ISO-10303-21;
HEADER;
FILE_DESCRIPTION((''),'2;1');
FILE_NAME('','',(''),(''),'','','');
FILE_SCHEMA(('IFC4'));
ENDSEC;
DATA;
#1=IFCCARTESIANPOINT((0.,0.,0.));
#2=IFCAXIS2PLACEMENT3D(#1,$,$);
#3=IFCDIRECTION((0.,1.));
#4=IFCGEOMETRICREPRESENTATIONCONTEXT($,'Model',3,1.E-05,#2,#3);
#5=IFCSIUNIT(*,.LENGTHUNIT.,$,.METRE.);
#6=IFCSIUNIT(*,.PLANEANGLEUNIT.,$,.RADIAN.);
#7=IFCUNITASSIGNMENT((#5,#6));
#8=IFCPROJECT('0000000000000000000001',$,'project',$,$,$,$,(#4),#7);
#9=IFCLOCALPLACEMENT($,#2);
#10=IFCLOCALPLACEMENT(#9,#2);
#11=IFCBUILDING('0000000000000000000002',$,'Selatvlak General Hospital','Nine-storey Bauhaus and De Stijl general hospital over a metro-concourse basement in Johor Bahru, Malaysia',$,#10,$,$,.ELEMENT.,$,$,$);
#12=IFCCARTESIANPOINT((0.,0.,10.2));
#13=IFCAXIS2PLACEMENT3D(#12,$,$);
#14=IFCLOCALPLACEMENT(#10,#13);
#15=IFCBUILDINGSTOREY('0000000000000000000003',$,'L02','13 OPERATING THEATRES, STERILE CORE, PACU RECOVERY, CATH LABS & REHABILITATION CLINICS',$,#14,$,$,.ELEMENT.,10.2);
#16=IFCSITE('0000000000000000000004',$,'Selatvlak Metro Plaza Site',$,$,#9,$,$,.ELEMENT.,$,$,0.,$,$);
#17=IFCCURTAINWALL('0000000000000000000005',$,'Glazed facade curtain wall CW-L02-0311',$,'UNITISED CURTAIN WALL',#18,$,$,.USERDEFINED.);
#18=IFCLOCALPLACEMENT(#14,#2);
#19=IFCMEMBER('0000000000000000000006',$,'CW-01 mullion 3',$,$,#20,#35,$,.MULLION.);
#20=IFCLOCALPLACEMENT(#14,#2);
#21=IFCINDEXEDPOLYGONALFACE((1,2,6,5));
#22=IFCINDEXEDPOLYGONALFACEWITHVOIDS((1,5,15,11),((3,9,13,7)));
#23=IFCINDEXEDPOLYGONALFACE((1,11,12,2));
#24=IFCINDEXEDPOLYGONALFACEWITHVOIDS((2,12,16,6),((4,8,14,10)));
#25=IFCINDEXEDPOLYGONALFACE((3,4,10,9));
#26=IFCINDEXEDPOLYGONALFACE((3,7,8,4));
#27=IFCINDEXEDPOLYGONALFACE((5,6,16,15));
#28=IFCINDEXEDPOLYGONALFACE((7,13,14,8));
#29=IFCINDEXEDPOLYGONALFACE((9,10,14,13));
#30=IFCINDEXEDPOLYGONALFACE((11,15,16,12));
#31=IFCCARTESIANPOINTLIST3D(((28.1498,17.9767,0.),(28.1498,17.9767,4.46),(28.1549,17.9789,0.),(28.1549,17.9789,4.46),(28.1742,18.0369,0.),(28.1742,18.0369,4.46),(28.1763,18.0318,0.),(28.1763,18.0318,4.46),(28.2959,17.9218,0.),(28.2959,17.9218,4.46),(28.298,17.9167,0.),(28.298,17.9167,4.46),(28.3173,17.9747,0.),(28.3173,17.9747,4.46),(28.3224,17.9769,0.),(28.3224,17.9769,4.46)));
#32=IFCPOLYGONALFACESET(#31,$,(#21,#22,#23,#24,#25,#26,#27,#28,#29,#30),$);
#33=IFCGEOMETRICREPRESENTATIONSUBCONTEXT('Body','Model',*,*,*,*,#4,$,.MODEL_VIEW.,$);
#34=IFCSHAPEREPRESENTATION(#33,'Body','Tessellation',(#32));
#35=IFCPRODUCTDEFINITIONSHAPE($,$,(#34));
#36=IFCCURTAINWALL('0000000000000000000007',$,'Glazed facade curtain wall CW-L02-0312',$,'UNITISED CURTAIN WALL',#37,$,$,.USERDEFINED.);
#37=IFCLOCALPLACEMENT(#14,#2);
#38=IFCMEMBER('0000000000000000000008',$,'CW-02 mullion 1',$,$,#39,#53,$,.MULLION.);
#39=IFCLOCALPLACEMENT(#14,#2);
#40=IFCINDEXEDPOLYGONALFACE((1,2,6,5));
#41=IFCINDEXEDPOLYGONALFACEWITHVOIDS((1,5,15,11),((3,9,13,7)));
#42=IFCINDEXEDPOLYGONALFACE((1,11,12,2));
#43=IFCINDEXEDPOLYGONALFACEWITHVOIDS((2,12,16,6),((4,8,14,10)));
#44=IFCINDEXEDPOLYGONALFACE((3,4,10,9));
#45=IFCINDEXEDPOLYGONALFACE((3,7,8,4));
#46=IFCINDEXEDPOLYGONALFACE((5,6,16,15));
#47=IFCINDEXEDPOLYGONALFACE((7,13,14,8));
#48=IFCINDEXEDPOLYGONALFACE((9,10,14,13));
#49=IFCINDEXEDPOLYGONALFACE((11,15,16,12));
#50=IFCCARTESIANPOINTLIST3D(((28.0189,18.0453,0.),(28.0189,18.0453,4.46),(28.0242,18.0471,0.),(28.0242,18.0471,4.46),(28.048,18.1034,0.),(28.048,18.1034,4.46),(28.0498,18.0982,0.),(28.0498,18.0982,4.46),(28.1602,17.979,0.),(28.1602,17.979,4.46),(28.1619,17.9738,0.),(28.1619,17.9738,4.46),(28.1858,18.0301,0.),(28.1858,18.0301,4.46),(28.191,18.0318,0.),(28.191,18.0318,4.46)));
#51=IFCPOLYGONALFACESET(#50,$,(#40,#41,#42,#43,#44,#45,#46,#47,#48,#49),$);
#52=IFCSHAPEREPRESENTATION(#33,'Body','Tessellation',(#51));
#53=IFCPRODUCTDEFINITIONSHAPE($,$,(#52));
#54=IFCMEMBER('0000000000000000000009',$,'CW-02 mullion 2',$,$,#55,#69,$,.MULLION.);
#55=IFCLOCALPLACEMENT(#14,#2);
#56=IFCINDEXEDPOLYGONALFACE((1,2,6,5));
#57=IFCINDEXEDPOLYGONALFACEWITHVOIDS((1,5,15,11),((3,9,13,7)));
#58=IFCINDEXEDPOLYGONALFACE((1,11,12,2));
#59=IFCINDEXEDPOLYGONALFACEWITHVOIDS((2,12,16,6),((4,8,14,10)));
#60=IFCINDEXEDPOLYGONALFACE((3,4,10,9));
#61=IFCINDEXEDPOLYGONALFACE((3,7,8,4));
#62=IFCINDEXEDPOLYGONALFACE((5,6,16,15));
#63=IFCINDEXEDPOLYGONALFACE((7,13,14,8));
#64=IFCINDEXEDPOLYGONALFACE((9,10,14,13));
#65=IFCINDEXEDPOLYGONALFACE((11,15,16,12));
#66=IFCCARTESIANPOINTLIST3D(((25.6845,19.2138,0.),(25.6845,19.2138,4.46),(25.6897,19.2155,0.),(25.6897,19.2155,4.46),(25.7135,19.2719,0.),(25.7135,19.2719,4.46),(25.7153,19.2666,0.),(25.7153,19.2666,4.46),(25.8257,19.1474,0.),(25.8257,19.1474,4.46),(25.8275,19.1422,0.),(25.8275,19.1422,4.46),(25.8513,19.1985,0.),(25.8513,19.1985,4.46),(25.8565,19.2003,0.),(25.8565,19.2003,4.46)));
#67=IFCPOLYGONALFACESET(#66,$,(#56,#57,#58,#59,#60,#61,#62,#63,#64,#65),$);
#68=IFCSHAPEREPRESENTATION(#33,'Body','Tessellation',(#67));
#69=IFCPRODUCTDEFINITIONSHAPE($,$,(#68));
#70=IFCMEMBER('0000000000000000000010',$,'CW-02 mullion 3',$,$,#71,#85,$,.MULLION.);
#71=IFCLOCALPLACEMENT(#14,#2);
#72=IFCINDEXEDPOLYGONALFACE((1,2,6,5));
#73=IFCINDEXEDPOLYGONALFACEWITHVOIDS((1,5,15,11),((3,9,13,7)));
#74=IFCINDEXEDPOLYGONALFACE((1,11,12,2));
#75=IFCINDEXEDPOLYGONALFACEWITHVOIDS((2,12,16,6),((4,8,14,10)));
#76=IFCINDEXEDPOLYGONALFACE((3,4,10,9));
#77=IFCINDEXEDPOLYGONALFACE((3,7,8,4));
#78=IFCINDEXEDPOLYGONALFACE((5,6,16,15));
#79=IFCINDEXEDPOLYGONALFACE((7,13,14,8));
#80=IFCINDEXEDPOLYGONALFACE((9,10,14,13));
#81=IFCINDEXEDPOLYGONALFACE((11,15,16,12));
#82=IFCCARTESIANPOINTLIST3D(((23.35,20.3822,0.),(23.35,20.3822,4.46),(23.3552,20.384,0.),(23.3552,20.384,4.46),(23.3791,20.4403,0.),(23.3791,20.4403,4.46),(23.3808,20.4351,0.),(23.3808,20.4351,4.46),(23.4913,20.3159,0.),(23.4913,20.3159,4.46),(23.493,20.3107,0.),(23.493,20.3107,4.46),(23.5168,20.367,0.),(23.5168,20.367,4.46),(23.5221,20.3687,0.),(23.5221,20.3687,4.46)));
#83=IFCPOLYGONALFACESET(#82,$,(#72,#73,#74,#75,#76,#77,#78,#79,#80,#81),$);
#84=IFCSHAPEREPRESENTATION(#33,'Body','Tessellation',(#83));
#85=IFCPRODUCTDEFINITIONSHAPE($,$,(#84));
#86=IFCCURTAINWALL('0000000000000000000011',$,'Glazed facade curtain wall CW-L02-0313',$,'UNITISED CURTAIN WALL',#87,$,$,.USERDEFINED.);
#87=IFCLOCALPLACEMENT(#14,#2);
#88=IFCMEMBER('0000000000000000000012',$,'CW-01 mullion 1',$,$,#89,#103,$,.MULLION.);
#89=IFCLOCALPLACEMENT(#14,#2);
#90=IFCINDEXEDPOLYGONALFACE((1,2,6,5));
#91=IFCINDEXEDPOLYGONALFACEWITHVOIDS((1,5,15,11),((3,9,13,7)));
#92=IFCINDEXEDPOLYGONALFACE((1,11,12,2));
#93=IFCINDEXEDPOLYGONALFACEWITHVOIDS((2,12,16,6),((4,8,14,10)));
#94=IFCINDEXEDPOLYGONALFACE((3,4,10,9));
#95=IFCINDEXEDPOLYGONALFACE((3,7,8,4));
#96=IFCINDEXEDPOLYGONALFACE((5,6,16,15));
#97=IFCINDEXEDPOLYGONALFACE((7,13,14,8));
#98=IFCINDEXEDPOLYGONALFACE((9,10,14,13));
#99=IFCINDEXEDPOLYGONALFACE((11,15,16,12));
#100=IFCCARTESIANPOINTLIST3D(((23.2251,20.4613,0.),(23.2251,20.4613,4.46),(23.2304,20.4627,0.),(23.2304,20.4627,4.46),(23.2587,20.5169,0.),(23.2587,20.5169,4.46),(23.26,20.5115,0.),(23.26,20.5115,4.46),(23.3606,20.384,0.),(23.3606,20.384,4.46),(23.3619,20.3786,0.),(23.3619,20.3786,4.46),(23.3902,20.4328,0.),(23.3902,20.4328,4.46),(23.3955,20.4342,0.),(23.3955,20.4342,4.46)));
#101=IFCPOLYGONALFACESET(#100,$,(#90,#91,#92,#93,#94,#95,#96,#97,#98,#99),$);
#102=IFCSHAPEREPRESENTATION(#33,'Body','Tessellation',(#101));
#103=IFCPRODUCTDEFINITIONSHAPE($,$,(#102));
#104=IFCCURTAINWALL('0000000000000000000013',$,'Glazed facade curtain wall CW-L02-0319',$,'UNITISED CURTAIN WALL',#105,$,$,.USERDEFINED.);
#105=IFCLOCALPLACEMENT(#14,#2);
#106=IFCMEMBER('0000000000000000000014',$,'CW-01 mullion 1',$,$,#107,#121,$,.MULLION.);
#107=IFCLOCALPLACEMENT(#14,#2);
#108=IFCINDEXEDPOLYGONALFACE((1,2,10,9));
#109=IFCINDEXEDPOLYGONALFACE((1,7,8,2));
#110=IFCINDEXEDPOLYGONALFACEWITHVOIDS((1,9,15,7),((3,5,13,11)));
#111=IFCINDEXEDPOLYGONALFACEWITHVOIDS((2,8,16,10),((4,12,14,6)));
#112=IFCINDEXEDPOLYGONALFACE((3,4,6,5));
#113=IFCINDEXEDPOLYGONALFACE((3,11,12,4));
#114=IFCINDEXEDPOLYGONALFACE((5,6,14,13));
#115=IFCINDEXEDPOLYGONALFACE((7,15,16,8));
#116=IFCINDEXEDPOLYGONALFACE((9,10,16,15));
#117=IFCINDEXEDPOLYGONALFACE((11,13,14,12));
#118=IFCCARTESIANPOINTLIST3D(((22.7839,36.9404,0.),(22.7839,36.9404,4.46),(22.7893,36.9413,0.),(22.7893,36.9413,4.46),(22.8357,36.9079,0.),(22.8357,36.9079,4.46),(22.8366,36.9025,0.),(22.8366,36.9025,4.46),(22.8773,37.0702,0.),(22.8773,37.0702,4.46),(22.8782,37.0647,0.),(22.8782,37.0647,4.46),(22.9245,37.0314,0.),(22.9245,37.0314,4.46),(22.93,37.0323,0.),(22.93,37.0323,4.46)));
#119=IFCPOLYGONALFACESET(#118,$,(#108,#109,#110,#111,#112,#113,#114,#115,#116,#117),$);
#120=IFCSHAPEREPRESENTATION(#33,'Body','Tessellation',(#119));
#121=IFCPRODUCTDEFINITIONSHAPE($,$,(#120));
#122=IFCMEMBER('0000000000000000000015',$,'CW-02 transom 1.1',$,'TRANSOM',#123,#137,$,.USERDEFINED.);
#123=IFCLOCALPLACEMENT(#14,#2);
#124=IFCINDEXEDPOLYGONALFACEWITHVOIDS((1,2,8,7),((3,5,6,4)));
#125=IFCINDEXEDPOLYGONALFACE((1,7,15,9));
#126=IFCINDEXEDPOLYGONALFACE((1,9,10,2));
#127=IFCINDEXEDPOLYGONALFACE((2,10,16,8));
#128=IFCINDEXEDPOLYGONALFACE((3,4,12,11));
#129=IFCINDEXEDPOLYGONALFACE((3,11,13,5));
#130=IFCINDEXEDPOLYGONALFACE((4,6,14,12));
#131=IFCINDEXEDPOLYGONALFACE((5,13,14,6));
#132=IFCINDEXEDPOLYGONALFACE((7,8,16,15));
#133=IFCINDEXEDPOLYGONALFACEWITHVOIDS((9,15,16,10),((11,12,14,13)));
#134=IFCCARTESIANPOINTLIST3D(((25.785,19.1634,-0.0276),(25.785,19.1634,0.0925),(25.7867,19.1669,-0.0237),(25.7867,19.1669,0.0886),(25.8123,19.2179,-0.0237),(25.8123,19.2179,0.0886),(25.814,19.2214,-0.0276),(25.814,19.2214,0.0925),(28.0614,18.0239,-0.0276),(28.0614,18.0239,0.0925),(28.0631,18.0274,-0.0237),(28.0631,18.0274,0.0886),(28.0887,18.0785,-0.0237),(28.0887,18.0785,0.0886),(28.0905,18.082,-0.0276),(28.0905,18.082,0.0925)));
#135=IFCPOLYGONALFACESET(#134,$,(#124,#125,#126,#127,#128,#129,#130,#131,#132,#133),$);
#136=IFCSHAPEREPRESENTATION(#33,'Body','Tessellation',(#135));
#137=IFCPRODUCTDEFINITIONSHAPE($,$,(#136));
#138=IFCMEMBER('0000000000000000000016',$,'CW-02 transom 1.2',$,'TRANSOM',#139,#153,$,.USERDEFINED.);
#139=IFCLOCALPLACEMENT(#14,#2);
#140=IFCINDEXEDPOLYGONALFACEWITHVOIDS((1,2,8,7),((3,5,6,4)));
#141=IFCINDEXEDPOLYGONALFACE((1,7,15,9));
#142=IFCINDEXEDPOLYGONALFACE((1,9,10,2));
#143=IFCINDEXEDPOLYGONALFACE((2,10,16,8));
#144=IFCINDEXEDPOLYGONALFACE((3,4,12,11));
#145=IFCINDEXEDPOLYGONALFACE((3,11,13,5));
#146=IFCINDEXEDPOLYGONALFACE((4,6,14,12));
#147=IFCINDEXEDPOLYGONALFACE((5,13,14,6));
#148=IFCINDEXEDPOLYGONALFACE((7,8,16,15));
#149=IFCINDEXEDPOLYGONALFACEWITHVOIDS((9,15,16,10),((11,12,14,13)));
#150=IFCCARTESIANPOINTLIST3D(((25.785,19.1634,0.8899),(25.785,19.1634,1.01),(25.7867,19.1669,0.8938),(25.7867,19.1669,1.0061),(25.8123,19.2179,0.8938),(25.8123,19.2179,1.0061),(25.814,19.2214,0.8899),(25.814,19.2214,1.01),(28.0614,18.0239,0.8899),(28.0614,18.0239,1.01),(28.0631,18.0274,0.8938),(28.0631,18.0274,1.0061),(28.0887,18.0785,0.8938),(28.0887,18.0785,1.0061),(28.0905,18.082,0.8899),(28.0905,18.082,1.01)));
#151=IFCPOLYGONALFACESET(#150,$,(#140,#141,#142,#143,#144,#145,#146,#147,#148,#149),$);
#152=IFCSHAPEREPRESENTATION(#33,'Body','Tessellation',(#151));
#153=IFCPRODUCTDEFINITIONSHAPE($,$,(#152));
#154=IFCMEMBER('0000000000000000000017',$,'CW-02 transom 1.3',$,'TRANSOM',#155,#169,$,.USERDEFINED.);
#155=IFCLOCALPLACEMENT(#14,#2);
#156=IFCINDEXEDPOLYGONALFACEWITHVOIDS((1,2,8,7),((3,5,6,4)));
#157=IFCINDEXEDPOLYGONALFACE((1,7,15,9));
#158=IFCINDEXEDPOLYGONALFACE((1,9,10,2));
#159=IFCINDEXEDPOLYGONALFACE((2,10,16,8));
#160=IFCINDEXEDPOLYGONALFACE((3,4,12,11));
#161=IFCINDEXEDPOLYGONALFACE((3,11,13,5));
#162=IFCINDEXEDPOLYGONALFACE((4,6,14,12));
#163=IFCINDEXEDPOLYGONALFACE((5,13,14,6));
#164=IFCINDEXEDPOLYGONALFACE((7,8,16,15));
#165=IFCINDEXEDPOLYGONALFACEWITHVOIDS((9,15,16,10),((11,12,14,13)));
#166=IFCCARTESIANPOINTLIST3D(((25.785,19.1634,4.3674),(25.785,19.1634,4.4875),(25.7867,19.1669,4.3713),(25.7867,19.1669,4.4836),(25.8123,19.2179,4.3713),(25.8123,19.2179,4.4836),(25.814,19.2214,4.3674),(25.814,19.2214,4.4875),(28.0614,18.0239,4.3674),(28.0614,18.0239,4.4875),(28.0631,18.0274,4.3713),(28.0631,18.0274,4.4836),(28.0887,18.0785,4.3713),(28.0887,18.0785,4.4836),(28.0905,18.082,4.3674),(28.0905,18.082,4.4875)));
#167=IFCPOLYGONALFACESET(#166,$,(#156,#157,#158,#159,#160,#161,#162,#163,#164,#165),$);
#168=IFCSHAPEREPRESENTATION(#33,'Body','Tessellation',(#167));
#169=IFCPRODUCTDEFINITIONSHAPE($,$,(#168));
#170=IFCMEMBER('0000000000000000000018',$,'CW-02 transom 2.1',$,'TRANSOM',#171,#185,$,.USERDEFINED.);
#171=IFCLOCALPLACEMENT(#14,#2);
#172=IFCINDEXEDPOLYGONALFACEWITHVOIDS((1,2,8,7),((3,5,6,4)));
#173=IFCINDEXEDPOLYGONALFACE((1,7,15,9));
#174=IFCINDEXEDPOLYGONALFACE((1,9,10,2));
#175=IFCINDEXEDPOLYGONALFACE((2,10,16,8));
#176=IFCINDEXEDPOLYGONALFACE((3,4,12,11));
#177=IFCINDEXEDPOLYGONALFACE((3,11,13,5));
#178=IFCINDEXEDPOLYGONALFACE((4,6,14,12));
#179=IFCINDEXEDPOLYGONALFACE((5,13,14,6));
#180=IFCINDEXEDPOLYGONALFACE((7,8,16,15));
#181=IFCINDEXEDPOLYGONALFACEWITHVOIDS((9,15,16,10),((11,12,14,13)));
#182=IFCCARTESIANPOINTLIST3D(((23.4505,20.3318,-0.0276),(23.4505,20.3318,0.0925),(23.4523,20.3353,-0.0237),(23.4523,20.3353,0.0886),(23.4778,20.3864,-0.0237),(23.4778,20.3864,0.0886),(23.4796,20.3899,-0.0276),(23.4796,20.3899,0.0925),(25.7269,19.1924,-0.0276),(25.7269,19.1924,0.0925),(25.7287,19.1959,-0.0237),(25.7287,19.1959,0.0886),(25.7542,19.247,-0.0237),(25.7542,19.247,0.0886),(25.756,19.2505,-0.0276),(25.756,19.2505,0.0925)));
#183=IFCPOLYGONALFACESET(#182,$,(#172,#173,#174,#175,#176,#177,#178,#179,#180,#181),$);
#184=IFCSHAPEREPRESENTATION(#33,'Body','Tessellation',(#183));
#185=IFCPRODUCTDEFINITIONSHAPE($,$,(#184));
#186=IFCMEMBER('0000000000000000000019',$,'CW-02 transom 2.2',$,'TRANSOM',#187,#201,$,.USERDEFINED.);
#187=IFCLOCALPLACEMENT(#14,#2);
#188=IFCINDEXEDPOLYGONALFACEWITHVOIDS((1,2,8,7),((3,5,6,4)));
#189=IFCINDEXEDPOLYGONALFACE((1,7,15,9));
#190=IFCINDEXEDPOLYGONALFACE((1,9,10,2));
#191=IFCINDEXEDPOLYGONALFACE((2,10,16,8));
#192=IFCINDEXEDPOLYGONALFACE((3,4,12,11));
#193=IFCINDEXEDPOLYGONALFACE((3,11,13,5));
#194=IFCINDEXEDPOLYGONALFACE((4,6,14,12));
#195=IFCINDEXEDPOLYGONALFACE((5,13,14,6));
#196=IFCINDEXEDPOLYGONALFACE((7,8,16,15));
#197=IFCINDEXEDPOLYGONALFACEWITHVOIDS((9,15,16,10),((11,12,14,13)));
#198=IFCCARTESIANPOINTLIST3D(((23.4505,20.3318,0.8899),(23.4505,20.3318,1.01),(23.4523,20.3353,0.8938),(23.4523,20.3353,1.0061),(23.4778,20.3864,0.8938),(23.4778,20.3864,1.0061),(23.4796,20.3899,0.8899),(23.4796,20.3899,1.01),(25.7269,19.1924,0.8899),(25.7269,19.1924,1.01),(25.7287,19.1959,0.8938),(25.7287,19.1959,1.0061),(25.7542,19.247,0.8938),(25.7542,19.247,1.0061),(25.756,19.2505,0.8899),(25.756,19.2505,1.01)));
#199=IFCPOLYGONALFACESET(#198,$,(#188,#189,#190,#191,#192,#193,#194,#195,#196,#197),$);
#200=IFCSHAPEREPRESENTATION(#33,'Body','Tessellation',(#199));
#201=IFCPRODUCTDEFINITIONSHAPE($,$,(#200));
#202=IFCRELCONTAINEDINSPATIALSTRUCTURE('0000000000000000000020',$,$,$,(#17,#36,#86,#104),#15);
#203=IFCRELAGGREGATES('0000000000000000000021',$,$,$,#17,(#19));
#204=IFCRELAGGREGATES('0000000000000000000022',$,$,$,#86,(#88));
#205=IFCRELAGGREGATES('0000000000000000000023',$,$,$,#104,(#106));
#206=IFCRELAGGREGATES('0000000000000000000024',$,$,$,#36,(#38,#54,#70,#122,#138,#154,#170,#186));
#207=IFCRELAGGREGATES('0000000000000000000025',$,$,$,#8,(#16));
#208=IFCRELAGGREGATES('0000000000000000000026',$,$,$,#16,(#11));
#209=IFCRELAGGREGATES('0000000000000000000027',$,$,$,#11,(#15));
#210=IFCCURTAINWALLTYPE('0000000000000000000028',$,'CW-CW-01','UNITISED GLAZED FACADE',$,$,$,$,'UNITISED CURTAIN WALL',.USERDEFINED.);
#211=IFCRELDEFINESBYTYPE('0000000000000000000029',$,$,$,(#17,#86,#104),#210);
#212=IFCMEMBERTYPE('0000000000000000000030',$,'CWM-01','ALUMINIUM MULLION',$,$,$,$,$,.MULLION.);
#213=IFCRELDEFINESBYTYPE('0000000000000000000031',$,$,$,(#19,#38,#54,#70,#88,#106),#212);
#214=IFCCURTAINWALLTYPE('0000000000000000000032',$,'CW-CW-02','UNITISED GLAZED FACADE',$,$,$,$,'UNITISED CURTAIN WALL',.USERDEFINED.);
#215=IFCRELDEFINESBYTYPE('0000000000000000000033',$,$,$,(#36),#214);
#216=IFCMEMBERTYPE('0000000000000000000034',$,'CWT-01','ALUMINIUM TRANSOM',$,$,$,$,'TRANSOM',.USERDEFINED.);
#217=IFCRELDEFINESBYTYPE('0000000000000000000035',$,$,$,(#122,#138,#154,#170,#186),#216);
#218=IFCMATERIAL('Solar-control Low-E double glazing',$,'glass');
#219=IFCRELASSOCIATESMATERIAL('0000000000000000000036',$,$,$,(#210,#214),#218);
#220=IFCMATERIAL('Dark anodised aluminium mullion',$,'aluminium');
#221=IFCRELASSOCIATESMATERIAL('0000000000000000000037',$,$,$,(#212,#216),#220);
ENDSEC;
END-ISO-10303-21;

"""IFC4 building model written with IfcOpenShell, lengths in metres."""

from ifc_helpers import new_model, si_unit, direction, frame, origin, origin_2d, place, context, subcontext, project, spatial, hollow_rectangle, extrude, material, material_profile, profile_set, type_object, element, aggregate, save


model = new_model("IFC4")

# Units and contexts
model_context = context("Model", 3, precision=1e-05, world=origin(), true_north=direction((0.0, 1.0)))
body_context = subcontext(model_context, "Body", "Model", "MODEL_VIEW")
ifc_project = project(units=[si_unit("LENGTHUNIT", "METRE"), si_unit("PLANEANGLEUNIT", "RADIAN")], contexts=[model_context])

# Site, building, storey
site_placement = place(None, origin())
site = spatial("IfcSite", under=ifc_project, at=site_placement, Name="Selatvlak Metro Plaza Site", CompositionType="ELEMENT", RefElevation=0.0)
building_placement = place(site_placement, origin())
building = spatial("IfcBuilding", under=site, at=building_placement, Name="Selatvlak General Hospital", Description="Nine-storey Bauhaus and De Stijl general hospital over a metro-concourse basement in Johor Bahru, Malaysia", CompositionType="ELEMENT")
storey_placement = place(building_placement, frame((0.0, 0.0, 10.2)))
storey = spatial("IfcBuildingStorey", under=building, at=storey_placement, Name="L02", Description="13 OPERATING THEATRES, STERILE CORE, PACU RECOVERY, CATH LABS & REHABILITATION CLINICS", CompositionType="ELEMENT", Elevation=10.2)

# Curtain wall, member
ifc_material_1 = material(Name="Solar-control Low-E double glazing", Category="glass")
curtain_wall_type_1 = type_object("IfcCurtainWallType", Name="CW-CW-01", Description="UNITISED GLAZED FACADE", ElementType="UNITISED CURTAIN WALL", PredefinedType="USERDEFINED", material=ifc_material_1)
curtain_wall_1_placement = place(storey_placement, origin())
curtain_wall_1 = element("IfcCurtainWall", 1, at=curtain_wall_1_placement, inside=storey, type_object=curtain_wall_type_1, Name="Glazed facade curtain wall CW-L02-0311", ObjectType="UNITISED CURTAIN WALL", PredefinedType="USERDEFINED")
ifc_material_2 = material(Name="Dark anodised aluminium mullion", Category="aluminium")
ifc_material_profile_1 = material_profile(ifc_material_2, hollow_rectangle(XDim=0.0649, YDim=0.1599, WallThickness=0.0039, at=origin_2d()), Name="AL-MUL 65x160x4")
ifc_profile_set_1 = profile_set([ifc_material_profile_1], Name="Dark anodised aluminium mullion")
member_type_1 = type_object("IfcMemberType", Name="CWM-01", Description="ALUMINIUM MULLION", PredefinedType="MULLION", material=ifc_profile_set_1)
member_1_placement = place(storey_placement, frame((28.2361, 17.9768, 0.0), z_axis=(0.0, 0.0, 1.0), x_axis=(-0.375301, -0.926903, 0.0)))
member_1 = element("IfcMember", 2, at=member_1_placement, type_object=member_type_1, Name="CW-01 mullion 3", PredefinedType="MULLION", context=body_context, shape_type="SweptSolid", body=[
    extrude(hollow_rectangle(XDim=0.0649, YDim=0.1599, WallThickness=0.0039, at=origin_2d()), origin(), (0.0, 0.0, 1.0), 4.46),
])
aggregate(curtain_wall_1, [member_1])

# Curtain wall, members
curtain_wall_type_2 = type_object("IfcCurtainWallType", Name="CW-CW-02", Description="UNITISED GLAZED FACADE", ElementType="UNITISED CURTAIN WALL", PredefinedType="USERDEFINED", material=ifc_material_1)
curtain_wall_2_placement = place(storey_placement, origin())
curtain_wall_2 = element("IfcCurtainWall", 3, at=curtain_wall_2_placement, inside=storey, type_object=curtain_wall_type_2, Name="Glazed facade curtain wall CW-L02-0312", ObjectType="UNITISED CURTAIN WALL", PredefinedType="USERDEFINED")
member_2_placement = place(storey_placement, frame((28.105, 18.0386, 0.0), z_axis=(0.0, 0.0, 1.0), x_axis=(-0.447592, -0.894238, 0.0)))
member_2 = element("IfcMember", 4, at=member_2_placement, type_object=member_type_1, Name="CW-02 mullion 1", PredefinedType="MULLION", context=body_context, shape_type="SweptSolid", body=[
    extrude(hollow_rectangle(XDim=0.0649, YDim=0.1599, WallThickness=0.0039, at=origin_2d()), origin(), (0.0, 0.0, 1.0), 4.46),
])
member_3_placement = place(storey_placement, frame((25.7705, 19.207, 0.0), z_axis=(0.0, 0.0, 1.0), x_axis=(-0.447592, -0.894238, 0.0)))
member_3 = element("IfcMember", 5, at=member_3_placement, type_object=member_type_1, Name="CW-02 mullion 2", PredefinedType="MULLION", context=body_context, shape_type="SweptSolid", body=[
    extrude(hollow_rectangle(XDim=0.0649, YDim=0.1599, WallThickness=0.0039, at=origin_2d()), origin(), (0.0, 0.0, 1.0), 4.46),
])
member_4_placement = place(storey_placement, frame((23.436, 20.3755, 0.0), z_axis=(0.0, 0.0, 1.0), x_axis=(-0.447592, -0.894238, 0.0)))
member_4 = element("IfcMember", 6, at=member_4_placement, type_object=member_type_1, Name="CW-02 mullion 3", PredefinedType="MULLION", context=body_context, shape_type="SweptSolid", body=[
    extrude(hollow_rectangle(XDim=0.0649, YDim=0.1599, WallThickness=0.0039, at=origin_2d()), origin(), (0.0, 0.0, 1.0), 4.46),
])

# Curtain walls, members
curtain_wall_3_placement = place(storey_placement, origin())
curtain_wall_3 = element("IfcCurtainWall", 7, at=curtain_wall_3_placement, inside=storey, type_object=curtain_wall_type_1, Name="Glazed facade curtain wall CW-L02-0313", ObjectType="UNITISED CURTAIN WALL", PredefinedType="USERDEFINED")
member_5_placement = place(storey_placement, frame((23.3103, 20.4478, 0.0), z_axis=(0.0, 0.0, 1.0), x_axis=(-0.517413, -0.855736, 0.0)))
member_5 = element("IfcMember", 8, at=member_5_placement, type_object=member_type_1, Name="CW-01 mullion 1", PredefinedType="MULLION", context=body_context, shape_type="SweptSolid", body=[
    extrude(hollow_rectangle(XDim=0.0649, YDim=0.1599, WallThickness=0.0039, at=origin_2d()), origin(), (0.0, 0.0, 1.0), 4.46),
])
curtain_wall_4_placement = place(storey_placement, origin())
curtain_wall_4 = element("IfcCurtainWall", 9, at=curtain_wall_4_placement, inside=storey, type_object=curtain_wall_type_1, Name="Glazed facade curtain wall CW-L02-0319", ObjectType="UNITISED CURTAIN WALL", PredefinedType="USERDEFINED")
member_6_placement = place(storey_placement, frame((22.8569, 36.9863, 0.0), z_axis=(0.0, 0.0, 1.0), x_axis=(-0.811804, 0.583929, 0.0)))
member_6 = element("IfcMember", 10, at=member_6_placement, type_object=member_type_1, Name="CW-01 mullion 1", PredefinedType="MULLION", context=body_context, shape_type="SweptSolid", body=[
    extrude(hollow_rectangle(XDim=0.0649, YDim=0.1599, WallThickness=0.0039, at=origin_2d()), origin(), (0.0, 0.0, 1.0), 4.46),
])

# Members
ifc_material_profile_2 = material_profile(ifc_material_2, hollow_rectangle(XDim=0.0649, YDim=0.1201, WallThickness=0.0039, at=origin_2d()), Name="AL-TRN 65x120x4")
ifc_profile_set_2 = profile_set([ifc_material_profile_2], Name="Dark anodised aluminium mullion")
member_type_2 = type_object("IfcMemberType", Name="CWT-01", Description="ALUMINIUM TRANSOM", ElementType="TRANSOM", PredefinedType="USERDEFINED", material=ifc_profile_set_2)
member_7_placement = place(storey_placement, frame((28.0759, 18.053, 0.0325), z_axis=(-0.894235, 0.447597, 0.0), x_axis=(-0.447597, -0.894235, 0.0)))
member_7 = element("IfcMember", 11, at=member_7_placement, type_object=member_type_2, Name="CW-02 transom 1.1", ObjectType="TRANSOM", PredefinedType="USERDEFINED", context=body_context, shape_type="SweptSolid", body=[
    extrude(hollow_rectangle(XDim=0.0649, YDim=0.1201, WallThickness=0.0039, at=origin_2d()), origin(), (0.0, 0.0, 1.0), 2.5457),
])
member_8_placement = place(storey_placement, frame((28.0759, 18.053, 0.95), z_axis=(-0.894235, 0.447597, 0.0), x_axis=(-0.447597, -0.894235, 0.0)))
member_8 = element("IfcMember", 12, at=member_8_placement, type_object=member_type_2, Name="CW-02 transom 1.2", ObjectType="TRANSOM", PredefinedType="USERDEFINED", context=body_context, shape_type="SweptSolid", body=[
    extrude(hollow_rectangle(XDim=0.0649, YDim=0.1201, WallThickness=0.0039, at=origin_2d()), origin(), (0.0, 0.0, 1.0), 2.5457),
])
member_9_placement = place(storey_placement, frame((28.0759, 18.053, 4.4275), z_axis=(-0.894235, 0.447597, 0.0), x_axis=(-0.447597, -0.894235, 0.0)))
member_9 = element("IfcMember", 13, at=member_9_placement, type_object=member_type_2, Name="CW-02 transom 1.3", ObjectType="TRANSOM", PredefinedType="USERDEFINED", context=body_context, shape_type="SweptSolid", body=[
    extrude(hollow_rectangle(XDim=0.0649, YDim=0.1201, WallThickness=0.0039, at=origin_2d()), origin(), (0.0, 0.0, 1.0), 2.5457),
])
member_10_placement = place(storey_placement, frame((25.7415, 19.2214, 0.0325), z_axis=(-0.894235, 0.447597, 0.0), x_axis=(-0.447597, -0.894235, 0.0)))
member_10 = element("IfcMember", 14, at=member_10_placement, type_object=member_type_2, Name="CW-02 transom 2.1", ObjectType="TRANSOM", PredefinedType="USERDEFINED", context=body_context, shape_type="SweptSolid", body=[
    extrude(hollow_rectangle(XDim=0.0649, YDim=0.1201, WallThickness=0.0039, at=origin_2d()), origin(), (0.0, 0.0, 1.0), 2.5457),
])
member_11_placement = place(storey_placement, frame((25.7415, 19.2214, 0.95), z_axis=(-0.894235, 0.447597, 0.0), x_axis=(-0.447597, -0.894235, 0.0)))
member_11 = element("IfcMember", 15, at=member_11_placement, type_object=member_type_2, Name="CW-02 transom 2.2", ObjectType="TRANSOM", PredefinedType="USERDEFINED", context=body_context, shape_type="SweptSolid", body=[
    extrude(hollow_rectangle(XDim=0.0649, YDim=0.1201, WallThickness=0.0039, at=origin_2d()), origin(), (0.0, 0.0, 1.0), 2.5457),
])
aggregate(curtain_wall_3, [member_5])
aggregate(curtain_wall_4, [member_6])

aggregate(curtain_wall_2, [member_2, member_3, member_4, member_7, member_8, member_9, member_10, member_11])

save(model, "model.ifc")
